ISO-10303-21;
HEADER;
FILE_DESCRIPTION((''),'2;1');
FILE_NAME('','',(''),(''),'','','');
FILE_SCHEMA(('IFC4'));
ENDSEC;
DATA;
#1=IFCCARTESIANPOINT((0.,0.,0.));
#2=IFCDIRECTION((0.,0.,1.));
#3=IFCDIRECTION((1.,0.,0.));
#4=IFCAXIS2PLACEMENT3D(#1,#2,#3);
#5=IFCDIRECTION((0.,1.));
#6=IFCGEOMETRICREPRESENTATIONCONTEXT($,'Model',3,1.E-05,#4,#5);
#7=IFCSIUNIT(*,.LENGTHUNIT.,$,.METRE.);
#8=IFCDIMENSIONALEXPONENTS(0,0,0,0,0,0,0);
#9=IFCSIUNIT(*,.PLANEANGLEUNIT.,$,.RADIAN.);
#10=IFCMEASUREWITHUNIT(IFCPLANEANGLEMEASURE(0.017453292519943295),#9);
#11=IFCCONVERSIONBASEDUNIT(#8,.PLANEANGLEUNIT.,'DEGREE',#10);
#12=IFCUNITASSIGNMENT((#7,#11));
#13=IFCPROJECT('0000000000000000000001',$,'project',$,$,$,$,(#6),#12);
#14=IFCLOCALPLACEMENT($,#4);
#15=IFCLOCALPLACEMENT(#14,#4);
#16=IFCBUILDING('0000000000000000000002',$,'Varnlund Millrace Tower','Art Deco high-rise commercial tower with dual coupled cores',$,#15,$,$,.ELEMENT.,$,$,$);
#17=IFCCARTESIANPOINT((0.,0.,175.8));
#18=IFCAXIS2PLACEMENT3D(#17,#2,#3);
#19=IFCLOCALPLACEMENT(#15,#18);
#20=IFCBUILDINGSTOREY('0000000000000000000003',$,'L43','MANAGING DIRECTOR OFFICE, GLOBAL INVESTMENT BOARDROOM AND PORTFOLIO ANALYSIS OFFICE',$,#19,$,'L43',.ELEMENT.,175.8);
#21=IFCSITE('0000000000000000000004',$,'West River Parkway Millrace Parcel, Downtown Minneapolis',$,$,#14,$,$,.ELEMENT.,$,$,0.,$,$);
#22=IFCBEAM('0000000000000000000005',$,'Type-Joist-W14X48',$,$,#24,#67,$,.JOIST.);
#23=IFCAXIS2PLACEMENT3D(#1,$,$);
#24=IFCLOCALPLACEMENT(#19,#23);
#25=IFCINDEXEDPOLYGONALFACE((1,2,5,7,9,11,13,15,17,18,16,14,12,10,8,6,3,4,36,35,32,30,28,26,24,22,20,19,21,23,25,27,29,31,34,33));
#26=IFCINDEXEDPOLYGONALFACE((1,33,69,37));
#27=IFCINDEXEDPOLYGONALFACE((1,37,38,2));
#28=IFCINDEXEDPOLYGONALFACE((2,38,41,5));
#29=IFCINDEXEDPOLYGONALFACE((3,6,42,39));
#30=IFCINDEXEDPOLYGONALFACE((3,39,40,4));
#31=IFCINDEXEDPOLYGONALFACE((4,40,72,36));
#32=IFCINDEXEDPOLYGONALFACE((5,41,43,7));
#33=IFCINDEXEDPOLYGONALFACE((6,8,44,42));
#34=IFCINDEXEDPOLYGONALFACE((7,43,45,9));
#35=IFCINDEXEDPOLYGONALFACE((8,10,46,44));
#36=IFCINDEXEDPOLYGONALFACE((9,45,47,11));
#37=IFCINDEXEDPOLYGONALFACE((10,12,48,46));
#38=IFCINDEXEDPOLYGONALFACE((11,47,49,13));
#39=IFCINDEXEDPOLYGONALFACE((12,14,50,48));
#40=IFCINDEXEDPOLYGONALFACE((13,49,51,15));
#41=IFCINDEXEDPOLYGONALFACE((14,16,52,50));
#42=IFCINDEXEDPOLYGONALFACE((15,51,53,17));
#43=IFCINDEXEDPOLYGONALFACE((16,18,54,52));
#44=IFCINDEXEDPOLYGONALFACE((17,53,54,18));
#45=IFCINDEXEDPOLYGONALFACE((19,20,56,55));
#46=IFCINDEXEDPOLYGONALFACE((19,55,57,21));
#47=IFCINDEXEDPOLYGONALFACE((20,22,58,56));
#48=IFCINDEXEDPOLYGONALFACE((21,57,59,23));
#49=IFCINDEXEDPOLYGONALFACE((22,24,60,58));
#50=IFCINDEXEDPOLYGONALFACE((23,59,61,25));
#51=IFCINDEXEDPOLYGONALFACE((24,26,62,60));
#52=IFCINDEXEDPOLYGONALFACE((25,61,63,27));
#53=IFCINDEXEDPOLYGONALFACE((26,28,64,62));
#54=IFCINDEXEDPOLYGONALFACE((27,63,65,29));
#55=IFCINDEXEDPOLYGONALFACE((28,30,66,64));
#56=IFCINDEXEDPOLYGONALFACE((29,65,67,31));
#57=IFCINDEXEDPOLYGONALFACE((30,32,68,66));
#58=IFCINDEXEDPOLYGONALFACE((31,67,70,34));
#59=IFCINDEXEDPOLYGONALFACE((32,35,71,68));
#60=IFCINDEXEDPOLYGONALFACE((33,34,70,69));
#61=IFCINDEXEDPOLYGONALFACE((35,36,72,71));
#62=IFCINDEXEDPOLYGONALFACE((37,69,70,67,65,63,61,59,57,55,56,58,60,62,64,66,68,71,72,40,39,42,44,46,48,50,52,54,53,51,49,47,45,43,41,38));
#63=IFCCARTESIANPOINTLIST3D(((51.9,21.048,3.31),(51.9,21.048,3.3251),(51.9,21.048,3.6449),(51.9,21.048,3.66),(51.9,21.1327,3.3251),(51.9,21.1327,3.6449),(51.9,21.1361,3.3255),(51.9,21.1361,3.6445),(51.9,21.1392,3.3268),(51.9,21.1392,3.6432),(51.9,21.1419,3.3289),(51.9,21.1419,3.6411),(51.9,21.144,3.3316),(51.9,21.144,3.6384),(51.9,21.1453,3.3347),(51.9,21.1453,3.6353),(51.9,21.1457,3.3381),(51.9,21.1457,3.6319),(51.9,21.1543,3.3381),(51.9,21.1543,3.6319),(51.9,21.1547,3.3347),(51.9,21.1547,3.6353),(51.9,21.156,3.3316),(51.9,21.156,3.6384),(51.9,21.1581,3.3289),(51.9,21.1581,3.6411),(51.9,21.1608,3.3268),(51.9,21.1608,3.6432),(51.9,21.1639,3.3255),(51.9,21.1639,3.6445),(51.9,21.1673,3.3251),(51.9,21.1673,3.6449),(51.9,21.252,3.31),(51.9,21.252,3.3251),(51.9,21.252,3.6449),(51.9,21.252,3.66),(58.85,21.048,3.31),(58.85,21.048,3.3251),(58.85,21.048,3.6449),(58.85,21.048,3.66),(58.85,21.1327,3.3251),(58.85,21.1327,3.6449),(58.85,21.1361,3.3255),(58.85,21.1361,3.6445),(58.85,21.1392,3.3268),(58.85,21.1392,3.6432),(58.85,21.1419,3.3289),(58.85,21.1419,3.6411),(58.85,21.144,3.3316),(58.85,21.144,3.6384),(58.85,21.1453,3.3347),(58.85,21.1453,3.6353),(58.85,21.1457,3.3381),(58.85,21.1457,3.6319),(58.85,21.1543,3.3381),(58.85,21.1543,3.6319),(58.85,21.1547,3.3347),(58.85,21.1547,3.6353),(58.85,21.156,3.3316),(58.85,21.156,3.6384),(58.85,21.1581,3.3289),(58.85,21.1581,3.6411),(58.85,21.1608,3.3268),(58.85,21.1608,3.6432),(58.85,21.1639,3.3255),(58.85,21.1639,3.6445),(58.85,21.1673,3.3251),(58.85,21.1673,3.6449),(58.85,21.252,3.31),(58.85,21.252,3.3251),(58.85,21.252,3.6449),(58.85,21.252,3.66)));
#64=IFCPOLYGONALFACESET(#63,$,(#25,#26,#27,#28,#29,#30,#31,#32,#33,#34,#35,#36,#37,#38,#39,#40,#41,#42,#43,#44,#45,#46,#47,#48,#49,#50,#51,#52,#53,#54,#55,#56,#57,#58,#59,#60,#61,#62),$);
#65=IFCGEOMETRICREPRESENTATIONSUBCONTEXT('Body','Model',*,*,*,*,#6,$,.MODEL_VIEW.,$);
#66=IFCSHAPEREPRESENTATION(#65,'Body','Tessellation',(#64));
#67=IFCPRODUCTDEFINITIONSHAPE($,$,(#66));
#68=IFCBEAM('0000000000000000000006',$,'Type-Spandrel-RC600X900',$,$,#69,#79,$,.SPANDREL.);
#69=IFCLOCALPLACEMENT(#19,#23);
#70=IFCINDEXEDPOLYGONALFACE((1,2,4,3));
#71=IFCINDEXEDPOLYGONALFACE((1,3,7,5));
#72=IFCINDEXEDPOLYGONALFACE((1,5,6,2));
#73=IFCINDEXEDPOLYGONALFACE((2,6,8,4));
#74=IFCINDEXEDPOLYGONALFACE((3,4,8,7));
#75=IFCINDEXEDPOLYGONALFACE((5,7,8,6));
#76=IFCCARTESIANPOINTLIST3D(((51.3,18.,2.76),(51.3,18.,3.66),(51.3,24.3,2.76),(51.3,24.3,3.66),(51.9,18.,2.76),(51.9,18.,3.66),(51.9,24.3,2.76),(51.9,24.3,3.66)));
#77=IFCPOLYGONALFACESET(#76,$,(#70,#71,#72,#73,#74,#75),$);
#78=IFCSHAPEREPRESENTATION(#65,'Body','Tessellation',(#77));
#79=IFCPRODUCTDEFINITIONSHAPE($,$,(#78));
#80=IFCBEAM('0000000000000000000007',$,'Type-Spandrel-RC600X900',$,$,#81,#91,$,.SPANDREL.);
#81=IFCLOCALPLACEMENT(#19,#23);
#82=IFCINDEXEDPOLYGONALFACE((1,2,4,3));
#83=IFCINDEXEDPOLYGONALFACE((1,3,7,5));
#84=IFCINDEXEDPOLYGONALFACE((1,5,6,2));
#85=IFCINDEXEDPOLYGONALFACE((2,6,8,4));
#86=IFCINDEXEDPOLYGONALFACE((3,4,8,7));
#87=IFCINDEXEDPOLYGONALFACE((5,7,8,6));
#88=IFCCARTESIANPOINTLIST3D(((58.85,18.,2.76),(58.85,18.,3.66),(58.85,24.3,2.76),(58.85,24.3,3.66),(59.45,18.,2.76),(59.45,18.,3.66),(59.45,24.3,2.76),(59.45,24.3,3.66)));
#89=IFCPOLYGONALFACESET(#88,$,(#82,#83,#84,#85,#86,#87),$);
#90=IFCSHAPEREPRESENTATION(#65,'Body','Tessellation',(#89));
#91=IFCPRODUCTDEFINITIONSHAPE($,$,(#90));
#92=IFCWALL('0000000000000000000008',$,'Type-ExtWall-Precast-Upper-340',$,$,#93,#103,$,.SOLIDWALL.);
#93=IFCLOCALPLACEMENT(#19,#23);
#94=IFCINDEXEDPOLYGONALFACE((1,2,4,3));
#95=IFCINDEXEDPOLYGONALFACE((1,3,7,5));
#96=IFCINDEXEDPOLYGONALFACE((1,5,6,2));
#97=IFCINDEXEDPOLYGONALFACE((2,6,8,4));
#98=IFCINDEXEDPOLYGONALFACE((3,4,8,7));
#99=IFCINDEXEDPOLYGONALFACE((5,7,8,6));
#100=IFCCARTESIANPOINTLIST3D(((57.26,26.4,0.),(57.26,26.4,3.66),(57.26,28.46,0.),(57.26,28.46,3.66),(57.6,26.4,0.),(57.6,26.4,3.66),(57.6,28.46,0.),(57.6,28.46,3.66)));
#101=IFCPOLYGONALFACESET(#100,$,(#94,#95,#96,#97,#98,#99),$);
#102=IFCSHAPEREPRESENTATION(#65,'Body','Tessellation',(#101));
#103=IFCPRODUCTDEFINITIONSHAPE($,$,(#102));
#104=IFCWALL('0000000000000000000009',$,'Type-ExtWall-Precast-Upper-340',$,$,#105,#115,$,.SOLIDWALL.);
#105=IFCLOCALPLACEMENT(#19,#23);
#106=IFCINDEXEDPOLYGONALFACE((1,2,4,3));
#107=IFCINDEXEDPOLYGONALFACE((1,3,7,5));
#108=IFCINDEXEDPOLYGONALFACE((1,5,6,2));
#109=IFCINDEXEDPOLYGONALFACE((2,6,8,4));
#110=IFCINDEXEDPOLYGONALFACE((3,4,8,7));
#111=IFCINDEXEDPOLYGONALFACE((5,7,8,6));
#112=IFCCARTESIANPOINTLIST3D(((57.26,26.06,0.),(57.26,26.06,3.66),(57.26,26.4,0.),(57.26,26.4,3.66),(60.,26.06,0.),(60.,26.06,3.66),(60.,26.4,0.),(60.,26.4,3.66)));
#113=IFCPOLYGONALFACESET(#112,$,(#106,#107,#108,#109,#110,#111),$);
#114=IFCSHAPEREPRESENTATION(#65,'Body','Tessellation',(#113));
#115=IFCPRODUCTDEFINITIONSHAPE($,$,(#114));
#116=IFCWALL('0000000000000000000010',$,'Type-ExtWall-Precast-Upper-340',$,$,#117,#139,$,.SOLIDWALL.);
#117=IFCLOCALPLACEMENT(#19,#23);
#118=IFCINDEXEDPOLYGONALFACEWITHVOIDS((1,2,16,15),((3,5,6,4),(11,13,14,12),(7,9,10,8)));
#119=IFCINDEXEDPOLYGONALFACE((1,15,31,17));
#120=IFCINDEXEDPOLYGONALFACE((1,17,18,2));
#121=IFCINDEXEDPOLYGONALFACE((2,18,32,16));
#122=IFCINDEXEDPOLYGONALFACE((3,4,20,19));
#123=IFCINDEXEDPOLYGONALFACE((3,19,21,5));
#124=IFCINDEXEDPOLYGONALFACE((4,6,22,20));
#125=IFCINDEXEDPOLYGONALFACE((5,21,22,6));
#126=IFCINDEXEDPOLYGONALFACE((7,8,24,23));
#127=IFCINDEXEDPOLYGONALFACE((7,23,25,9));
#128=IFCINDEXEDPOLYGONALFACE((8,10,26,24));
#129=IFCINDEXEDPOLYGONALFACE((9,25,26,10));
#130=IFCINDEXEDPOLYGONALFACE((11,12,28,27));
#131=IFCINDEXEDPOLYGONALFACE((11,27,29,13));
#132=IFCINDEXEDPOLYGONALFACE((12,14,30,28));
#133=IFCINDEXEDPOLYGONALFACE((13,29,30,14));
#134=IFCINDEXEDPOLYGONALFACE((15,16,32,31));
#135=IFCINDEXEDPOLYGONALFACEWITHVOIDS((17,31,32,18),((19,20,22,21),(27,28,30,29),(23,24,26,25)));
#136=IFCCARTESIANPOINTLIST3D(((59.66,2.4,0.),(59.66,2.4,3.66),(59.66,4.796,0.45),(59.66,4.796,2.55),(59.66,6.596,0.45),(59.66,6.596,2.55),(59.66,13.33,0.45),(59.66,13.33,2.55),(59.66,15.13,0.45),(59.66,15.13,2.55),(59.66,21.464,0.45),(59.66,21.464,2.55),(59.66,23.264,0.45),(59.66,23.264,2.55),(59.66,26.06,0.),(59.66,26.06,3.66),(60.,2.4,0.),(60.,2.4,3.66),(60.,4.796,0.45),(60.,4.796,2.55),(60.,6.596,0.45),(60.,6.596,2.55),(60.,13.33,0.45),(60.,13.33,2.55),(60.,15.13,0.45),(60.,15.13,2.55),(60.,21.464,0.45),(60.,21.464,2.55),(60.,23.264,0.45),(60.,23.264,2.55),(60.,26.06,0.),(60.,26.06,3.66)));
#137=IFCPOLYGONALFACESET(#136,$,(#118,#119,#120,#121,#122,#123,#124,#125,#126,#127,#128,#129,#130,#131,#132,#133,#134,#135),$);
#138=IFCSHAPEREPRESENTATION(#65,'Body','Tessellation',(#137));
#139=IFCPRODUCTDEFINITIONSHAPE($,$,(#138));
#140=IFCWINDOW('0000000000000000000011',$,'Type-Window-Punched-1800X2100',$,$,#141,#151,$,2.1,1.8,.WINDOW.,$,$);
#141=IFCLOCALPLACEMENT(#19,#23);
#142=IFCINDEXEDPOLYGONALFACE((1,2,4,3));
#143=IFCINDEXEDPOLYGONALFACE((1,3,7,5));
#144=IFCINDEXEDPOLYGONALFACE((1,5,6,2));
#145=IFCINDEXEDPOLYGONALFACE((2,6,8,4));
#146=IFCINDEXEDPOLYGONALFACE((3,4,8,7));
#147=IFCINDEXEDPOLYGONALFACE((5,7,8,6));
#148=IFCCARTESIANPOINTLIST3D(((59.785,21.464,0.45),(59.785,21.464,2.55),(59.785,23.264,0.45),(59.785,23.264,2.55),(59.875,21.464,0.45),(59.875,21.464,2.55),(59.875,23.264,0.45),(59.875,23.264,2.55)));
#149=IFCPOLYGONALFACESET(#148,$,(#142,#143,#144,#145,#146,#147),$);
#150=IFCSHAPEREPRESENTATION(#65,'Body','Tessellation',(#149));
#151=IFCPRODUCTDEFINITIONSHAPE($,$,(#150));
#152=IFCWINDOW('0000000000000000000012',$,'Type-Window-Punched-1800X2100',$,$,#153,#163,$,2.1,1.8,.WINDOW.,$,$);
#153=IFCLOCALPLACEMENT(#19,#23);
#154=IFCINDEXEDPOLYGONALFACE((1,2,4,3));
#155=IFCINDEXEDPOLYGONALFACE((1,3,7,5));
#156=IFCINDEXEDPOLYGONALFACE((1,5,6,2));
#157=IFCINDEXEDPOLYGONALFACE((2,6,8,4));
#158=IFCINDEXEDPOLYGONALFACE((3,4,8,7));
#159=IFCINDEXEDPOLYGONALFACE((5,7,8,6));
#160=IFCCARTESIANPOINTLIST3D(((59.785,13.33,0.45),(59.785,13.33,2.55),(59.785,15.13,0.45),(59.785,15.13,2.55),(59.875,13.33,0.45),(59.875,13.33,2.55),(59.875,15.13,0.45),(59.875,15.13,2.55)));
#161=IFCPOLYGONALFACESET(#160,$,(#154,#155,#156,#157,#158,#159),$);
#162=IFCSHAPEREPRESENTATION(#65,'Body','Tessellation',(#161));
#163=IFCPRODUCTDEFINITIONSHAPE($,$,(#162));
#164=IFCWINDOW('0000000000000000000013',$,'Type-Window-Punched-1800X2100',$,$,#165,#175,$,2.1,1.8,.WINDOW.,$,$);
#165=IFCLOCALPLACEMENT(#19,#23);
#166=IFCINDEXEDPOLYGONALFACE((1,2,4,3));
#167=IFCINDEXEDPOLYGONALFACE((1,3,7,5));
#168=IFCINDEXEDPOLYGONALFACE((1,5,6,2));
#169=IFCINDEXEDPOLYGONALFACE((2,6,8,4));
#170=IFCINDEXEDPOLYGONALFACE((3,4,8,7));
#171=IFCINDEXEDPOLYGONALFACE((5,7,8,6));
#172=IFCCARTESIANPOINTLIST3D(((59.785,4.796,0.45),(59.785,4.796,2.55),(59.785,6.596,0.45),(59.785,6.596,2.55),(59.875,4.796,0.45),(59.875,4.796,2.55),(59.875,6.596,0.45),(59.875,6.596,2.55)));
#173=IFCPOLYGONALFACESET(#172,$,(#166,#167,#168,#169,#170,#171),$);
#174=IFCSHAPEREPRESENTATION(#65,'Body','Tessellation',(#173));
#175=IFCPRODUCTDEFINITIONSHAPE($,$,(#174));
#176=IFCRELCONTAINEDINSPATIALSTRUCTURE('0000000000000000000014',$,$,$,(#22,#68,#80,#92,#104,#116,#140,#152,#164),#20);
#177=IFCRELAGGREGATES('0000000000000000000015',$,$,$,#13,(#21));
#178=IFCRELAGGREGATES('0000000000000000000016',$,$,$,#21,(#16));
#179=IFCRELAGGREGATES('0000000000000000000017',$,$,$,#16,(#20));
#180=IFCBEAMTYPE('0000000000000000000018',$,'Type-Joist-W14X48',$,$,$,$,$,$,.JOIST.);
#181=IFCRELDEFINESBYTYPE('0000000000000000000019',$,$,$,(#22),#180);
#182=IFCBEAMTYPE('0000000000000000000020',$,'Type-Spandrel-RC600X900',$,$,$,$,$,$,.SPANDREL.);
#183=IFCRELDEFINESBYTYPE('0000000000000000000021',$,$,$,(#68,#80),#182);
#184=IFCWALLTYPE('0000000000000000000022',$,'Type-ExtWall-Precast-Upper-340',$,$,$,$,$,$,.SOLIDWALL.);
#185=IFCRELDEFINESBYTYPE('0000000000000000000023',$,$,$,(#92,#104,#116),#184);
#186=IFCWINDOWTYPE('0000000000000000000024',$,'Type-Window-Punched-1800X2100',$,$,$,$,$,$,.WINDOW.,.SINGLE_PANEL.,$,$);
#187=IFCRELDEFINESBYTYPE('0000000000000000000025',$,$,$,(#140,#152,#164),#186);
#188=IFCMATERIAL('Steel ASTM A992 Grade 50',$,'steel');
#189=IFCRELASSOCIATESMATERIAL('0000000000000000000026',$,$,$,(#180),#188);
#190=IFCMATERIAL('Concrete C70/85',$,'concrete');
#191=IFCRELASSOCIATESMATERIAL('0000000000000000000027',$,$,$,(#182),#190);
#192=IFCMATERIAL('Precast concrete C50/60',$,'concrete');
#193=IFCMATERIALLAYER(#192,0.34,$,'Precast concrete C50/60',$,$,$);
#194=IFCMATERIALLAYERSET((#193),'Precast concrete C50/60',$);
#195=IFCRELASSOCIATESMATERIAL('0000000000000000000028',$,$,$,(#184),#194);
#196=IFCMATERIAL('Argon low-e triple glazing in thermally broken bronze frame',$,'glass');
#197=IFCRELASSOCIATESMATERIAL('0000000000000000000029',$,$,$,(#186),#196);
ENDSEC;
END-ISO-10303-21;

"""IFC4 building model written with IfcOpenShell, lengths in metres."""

from ifc_helpers import new_model, entity, si_unit, converted_unit, direction, frame, origin_with_axes, origin_2d_with_axis, place, context, subcontext, project, spatial, polyline, rectangle, i_section, outline, extrude, material, layer, layer_set, material_profile, profile_set, type_object, element, fill, save


model = new_model("IFC4")

# Units and contexts
model_context = context("Model", 3, precision=1e-05, world=origin_with_axes(), true_north=direction((0.0, 1.0)))
body_context = subcontext(model_context, "Body", "Model", "MODEL_VIEW")
ifc_project = project(units=[si_unit("LENGTHUNIT", "METRE"), converted_unit("PLANEANGLEUNIT", "DEGREE", entity("IfcPlaneAngleMeasure", 0.017453292519943295), si_unit("PLANEANGLEUNIT", "RADIAN"), dimensions=[0, 0, 0, 0, 0, 0, 0])], contexts=[model_context])

# Site, building, storey
site_placement = place(None, origin_with_axes())
site = spatial("IfcSite", under=ifc_project, at=site_placement, Name="West River Parkway Millrace Parcel, Downtown Minneapolis", CompositionType="ELEMENT", RefElevation=0.0)
building_placement = place(site_placement, origin_with_axes())
building = spatial("IfcBuilding", under=site, at=building_placement, Name="Varnlund Millrace Tower", Description="Art Deco high-rise commercial tower with dual coupled cores", CompositionType="ELEMENT")
storey_placement = place(building_placement, frame((0.0, 0.0, 175.8), z_axis=(0.0, 0.0, 1.0), x_axis=(1.0, 0.0, 0.0)))
storey = spatial("IfcBuildingStorey", under=building, at=storey_placement, Name="L43", Description="MANAGING DIRECTOR OFFICE, GLOBAL INVESTMENT BOARDROOM AND PORTFOLIO ANALYSIS OFFICE", LongName="L43", CompositionType="ELEMENT", Elevation=175.8)

# Beams
ifc_material_1 = material(Name="Steel ASTM A992 Grade 50", Category="steel")
ifc_material_profile_1 = material_profile(ifc_material_1, i_section(OverallWidth=0.204, OverallDepth=0.35, WebThickness=0.0086, FlangeThickness=0.0151, FilletRadius=0.013, at=origin_2d_with_axis()), Name="Steel ASTM A992 Grade 50")
ifc_profile_set_1 = profile_set([ifc_material_profile_1], Name="Steel ASTM A992 Grade 50")
beam_type_1 = type_object("IfcBeamType", Name="Type-Joist-W14X48", PredefinedType="JOIST", material=ifc_profile_set_1)
for number, where, z_axis, x_axis, name in (
    (1, (51.9, 21.15, 3.485), (1.0, 0.0, 0.0), (0.0, 1.0, 0.0), "Type-Joist-W14X48"),
):
    element("IfcBeam", number, at=place(storey_placement, frame(where, z_axis=z_axis, x_axis=x_axis)), inside=storey, type_object=beam_type_1, Name=name, PredefinedType="JOIST", context=body_context, shape_type="SweptSolid", body=[
        extrude(i_section(OverallWidth=0.204, OverallDepth=0.35, WebThickness=0.0086, FlangeThickness=0.0151, FilletRadius=0.013, at=origin_2d_with_axis()), origin_with_axes(), (0.0, 0.0, 1.0), 6.95),
    ])
ifc_material_2 = material(Name="Concrete C70/85", Category="concrete")
ifc_material_profile_2 = material_profile(ifc_material_2, rectangle(XDim=0.6, YDim=0.9, at=origin_2d_with_axis()), Name="Concrete C70/85")
ifc_profile_set_2 = profile_set([ifc_material_profile_2], Name="Concrete C70/85")
beam_type_2 = type_object("IfcBeamType", Name="Type-Spandrel-RC600X900", PredefinedType="SPANDREL", material=ifc_profile_set_2)
for number, where, z_axis, x_axis, name in (
    (2, (51.6, 18.0, 3.21), (0.0, 1.0, 0.0), (-1.0, 0.0, 0.0), "Type-Spandrel-RC600X900"),
    (3, (59.15, 18.0, 3.21), (0.0, 1.0, 0.0), (-1.0, 0.0, 0.0), "Type-Spandrel-RC600X900"),
):
    element("IfcBeam", number, at=place(storey_placement, frame(where, z_axis=z_axis, x_axis=x_axis)), inside=storey, type_object=beam_type_2, Name=name, PredefinedType="SPANDREL", context=body_context, shape_type="SweptSolid", body=[
        extrude(rectangle(XDim=0.6, YDim=0.9, at=origin_2d_with_axis()), origin_with_axes(), (0.0, 0.0, 1.0), 6.3),
    ])

# Walls
ifc_material_3 = material(Name="Precast concrete C50/60", Category="concrete")
ifc_layer_1 = layer(ifc_material_3, 0.34, Name="Precast concrete C50/60")
ifc_layer_set_1 = layer_set([ifc_layer_1], Name="Precast concrete C50/60")
wall_type_1 = type_object("IfcWallType", Name="Type-ExtWall-Precast-Upper-340", PredefinedType="SOLIDWALL", material=ifc_layer_set_1)
wall_1_placement = place(storey_placement, frame((57.43, 28.46, 0.0), z_axis=(0.0, 0.0, 1.0), x_axis=(0.0, -1.0, 0.0)))
element("IfcWall", 4, at=wall_1_placement, inside=storey, type_object=wall_type_1, Name="Type-ExtWall-Precast-Upper-340", PredefinedType="SOLIDWALL", context=body_context, shape_type="SweptSolid", body=[
    extrude(outline(polyline([(0.0, -0.17), (2.06, -0.17), (2.06, 0.17), (0.0, 0.17), (0.0, -0.17)])), origin_with_axes(), (0.0, 0.0, 1.0), 3.66),
])
wall_2_placement = place(storey_placement, frame((57.26, 26.23, 0.0), z_axis=(0.0, 0.0, 1.0), x_axis=(1.0, 0.0, 0.0)))
element("IfcWall", 5, at=wall_2_placement, inside=storey, type_object=wall_type_1, Name="Type-ExtWall-Precast-Upper-340", PredefinedType="SOLIDWALL", context=body_context, shape_type="SweptSolid", body=[
    extrude(outline(polyline([(0.0, -0.17), (2.74, -0.17), (2.74, 0.17), (0.0, 0.17), (0.0, -0.17)])), origin_with_axes(), (0.0, 0.0, 1.0), 3.66),
])

# Wall, openings, windows
wall_3_placement = place(storey_placement, frame((59.83, 26.06, 0.0), z_axis=(0.0, 0.0, 1.0), x_axis=(0.0, -1.0, 0.0)))
wall_3 = element("IfcWall", 6, at=wall_3_placement, inside=storey, type_object=wall_type_1, Name="Type-ExtWall-Precast-Upper-340", PredefinedType="SOLIDWALL", context=body_context, shape_type="SweptSolid", body=[
    extrude(outline(polyline([(0.0, -0.17), (23.66, -0.17), (23.66, 0.17), (0.0, 0.17), (0.0, -0.17)])), origin_with_axes(), (0.0, 0.0, 1.0), 3.66),
])
opening_1_placement = place(wall_3_placement, frame((3.696, 0.0, 0.45), z_axis=(0.0, 0.0, 1.0), x_axis=(1.0, 0.0, 0.0)))
opening_1 = element("IfcOpeningElement", 7, at=opening_1_placement, cuts=wall_3, PredefinedType="OPENING", context=body_context, shape_type="SweptSolid", body=[
    extrude(rectangle(XDim=1.8, YDim=0.36, at=origin_2d_with_axis()), origin_with_axes(), (0.0, 0.0, 1.0), 2.1),
])
opening_2_placement = place(wall_3_placement, frame((11.83, 0.0, 0.45), z_axis=(0.0, 0.0, 1.0), x_axis=(1.0, 0.0, 0.0)))
opening_2 = element("IfcOpeningElement", 8, at=opening_2_placement, cuts=wall_3, PredefinedType="OPENING", context=body_context, shape_type="SweptSolid", body=[
    extrude(rectangle(XDim=1.8, YDim=0.36, at=origin_2d_with_axis()), origin_with_axes(), (0.0, 0.0, 1.0), 2.1),
])
opening_3_placement = place(wall_3_placement, frame((20.364, 0.0, 0.45), z_axis=(0.0, 0.0, 1.0), x_axis=(1.0, 0.0, 0.0)))
opening_3 = element("IfcOpeningElement", 9, at=opening_3_placement, cuts=wall_3, PredefinedType="OPENING", context=body_context, shape_type="SweptSolid", body=[
    extrude(rectangle(XDim=1.8, YDim=0.36, at=origin_2d_with_axis()), origin_with_axes(), (0.0, 0.0, 1.0), 2.1),
])
ifc_material_4 = material(Name="Argon low-e triple glazing in thermally broken bronze frame", Category="glass")
window_type = type_object("IfcWindowType", Name="Type-Window-Punched-1800X2100", PartitioningType="SINGLE_PANEL", PredefinedType="WINDOW", material=ifc_material_4)
window_1_placement = place(wall_3_placement, frame((3.696, 0.0, 0.45), z_axis=(0.0, 0.0, 1.0), x_axis=(1.0, 0.0, 0.0)))
window_1 = element("IfcWindow", 10, at=window_1_placement, inside=storey, type_object=window_type, Name="Type-Window-Punched-1800X2100", OverallHeight=2.1, OverallWidth=1.8, PredefinedType="WINDOW", context=body_context, shape_type="SweptSolid", body=[
    extrude(rectangle(XDim=1.8, YDim=0.09, at=origin_2d_with_axis()), origin_with_axes(), (0.0, 0.0, 1.0), 2.1),
])
fill(opening_1, window_1)
window_2_placement = place(wall_3_placement, frame((11.83, 0.0, 0.45), z_axis=(0.0, 0.0, 1.0), x_axis=(1.0, 0.0, 0.0)))
window_2 = element("IfcWindow", 11, at=window_2_placement, inside=storey, type_object=window_type, Name="Type-Window-Punched-1800X2100", OverallHeight=2.1, OverallWidth=1.8, PredefinedType="WINDOW", context=body_context, shape_type="SweptSolid", body=[
    extrude(rectangle(XDim=1.8, YDim=0.09, at=origin_2d_with_axis()), origin_with_axes(), (0.0, 0.0, 1.0), 2.1),
])
fill(opening_2, window_2)
window_3_placement = place(wall_3_placement, frame((20.364, 0.0, 0.45), z_axis=(0.0, 0.0, 1.0), x_axis=(1.0, 0.0, 0.0)))
window_3 = element("IfcWindow", 12, at=window_3_placement, inside=storey, type_object=window_type, Name="Type-Window-Punched-1800X2100", OverallHeight=2.1, OverallWidth=1.8, PredefinedType="WINDOW", context=body_context, shape_type="SweptSolid", body=[
    extrude(rectangle(XDim=1.8, YDim=0.09, at=origin_2d_with_axis()), origin_with_axes(), (0.0, 0.0, 1.0), 2.1),
])
fill(opening_3, window_3)

save(model, "model.ifc")
